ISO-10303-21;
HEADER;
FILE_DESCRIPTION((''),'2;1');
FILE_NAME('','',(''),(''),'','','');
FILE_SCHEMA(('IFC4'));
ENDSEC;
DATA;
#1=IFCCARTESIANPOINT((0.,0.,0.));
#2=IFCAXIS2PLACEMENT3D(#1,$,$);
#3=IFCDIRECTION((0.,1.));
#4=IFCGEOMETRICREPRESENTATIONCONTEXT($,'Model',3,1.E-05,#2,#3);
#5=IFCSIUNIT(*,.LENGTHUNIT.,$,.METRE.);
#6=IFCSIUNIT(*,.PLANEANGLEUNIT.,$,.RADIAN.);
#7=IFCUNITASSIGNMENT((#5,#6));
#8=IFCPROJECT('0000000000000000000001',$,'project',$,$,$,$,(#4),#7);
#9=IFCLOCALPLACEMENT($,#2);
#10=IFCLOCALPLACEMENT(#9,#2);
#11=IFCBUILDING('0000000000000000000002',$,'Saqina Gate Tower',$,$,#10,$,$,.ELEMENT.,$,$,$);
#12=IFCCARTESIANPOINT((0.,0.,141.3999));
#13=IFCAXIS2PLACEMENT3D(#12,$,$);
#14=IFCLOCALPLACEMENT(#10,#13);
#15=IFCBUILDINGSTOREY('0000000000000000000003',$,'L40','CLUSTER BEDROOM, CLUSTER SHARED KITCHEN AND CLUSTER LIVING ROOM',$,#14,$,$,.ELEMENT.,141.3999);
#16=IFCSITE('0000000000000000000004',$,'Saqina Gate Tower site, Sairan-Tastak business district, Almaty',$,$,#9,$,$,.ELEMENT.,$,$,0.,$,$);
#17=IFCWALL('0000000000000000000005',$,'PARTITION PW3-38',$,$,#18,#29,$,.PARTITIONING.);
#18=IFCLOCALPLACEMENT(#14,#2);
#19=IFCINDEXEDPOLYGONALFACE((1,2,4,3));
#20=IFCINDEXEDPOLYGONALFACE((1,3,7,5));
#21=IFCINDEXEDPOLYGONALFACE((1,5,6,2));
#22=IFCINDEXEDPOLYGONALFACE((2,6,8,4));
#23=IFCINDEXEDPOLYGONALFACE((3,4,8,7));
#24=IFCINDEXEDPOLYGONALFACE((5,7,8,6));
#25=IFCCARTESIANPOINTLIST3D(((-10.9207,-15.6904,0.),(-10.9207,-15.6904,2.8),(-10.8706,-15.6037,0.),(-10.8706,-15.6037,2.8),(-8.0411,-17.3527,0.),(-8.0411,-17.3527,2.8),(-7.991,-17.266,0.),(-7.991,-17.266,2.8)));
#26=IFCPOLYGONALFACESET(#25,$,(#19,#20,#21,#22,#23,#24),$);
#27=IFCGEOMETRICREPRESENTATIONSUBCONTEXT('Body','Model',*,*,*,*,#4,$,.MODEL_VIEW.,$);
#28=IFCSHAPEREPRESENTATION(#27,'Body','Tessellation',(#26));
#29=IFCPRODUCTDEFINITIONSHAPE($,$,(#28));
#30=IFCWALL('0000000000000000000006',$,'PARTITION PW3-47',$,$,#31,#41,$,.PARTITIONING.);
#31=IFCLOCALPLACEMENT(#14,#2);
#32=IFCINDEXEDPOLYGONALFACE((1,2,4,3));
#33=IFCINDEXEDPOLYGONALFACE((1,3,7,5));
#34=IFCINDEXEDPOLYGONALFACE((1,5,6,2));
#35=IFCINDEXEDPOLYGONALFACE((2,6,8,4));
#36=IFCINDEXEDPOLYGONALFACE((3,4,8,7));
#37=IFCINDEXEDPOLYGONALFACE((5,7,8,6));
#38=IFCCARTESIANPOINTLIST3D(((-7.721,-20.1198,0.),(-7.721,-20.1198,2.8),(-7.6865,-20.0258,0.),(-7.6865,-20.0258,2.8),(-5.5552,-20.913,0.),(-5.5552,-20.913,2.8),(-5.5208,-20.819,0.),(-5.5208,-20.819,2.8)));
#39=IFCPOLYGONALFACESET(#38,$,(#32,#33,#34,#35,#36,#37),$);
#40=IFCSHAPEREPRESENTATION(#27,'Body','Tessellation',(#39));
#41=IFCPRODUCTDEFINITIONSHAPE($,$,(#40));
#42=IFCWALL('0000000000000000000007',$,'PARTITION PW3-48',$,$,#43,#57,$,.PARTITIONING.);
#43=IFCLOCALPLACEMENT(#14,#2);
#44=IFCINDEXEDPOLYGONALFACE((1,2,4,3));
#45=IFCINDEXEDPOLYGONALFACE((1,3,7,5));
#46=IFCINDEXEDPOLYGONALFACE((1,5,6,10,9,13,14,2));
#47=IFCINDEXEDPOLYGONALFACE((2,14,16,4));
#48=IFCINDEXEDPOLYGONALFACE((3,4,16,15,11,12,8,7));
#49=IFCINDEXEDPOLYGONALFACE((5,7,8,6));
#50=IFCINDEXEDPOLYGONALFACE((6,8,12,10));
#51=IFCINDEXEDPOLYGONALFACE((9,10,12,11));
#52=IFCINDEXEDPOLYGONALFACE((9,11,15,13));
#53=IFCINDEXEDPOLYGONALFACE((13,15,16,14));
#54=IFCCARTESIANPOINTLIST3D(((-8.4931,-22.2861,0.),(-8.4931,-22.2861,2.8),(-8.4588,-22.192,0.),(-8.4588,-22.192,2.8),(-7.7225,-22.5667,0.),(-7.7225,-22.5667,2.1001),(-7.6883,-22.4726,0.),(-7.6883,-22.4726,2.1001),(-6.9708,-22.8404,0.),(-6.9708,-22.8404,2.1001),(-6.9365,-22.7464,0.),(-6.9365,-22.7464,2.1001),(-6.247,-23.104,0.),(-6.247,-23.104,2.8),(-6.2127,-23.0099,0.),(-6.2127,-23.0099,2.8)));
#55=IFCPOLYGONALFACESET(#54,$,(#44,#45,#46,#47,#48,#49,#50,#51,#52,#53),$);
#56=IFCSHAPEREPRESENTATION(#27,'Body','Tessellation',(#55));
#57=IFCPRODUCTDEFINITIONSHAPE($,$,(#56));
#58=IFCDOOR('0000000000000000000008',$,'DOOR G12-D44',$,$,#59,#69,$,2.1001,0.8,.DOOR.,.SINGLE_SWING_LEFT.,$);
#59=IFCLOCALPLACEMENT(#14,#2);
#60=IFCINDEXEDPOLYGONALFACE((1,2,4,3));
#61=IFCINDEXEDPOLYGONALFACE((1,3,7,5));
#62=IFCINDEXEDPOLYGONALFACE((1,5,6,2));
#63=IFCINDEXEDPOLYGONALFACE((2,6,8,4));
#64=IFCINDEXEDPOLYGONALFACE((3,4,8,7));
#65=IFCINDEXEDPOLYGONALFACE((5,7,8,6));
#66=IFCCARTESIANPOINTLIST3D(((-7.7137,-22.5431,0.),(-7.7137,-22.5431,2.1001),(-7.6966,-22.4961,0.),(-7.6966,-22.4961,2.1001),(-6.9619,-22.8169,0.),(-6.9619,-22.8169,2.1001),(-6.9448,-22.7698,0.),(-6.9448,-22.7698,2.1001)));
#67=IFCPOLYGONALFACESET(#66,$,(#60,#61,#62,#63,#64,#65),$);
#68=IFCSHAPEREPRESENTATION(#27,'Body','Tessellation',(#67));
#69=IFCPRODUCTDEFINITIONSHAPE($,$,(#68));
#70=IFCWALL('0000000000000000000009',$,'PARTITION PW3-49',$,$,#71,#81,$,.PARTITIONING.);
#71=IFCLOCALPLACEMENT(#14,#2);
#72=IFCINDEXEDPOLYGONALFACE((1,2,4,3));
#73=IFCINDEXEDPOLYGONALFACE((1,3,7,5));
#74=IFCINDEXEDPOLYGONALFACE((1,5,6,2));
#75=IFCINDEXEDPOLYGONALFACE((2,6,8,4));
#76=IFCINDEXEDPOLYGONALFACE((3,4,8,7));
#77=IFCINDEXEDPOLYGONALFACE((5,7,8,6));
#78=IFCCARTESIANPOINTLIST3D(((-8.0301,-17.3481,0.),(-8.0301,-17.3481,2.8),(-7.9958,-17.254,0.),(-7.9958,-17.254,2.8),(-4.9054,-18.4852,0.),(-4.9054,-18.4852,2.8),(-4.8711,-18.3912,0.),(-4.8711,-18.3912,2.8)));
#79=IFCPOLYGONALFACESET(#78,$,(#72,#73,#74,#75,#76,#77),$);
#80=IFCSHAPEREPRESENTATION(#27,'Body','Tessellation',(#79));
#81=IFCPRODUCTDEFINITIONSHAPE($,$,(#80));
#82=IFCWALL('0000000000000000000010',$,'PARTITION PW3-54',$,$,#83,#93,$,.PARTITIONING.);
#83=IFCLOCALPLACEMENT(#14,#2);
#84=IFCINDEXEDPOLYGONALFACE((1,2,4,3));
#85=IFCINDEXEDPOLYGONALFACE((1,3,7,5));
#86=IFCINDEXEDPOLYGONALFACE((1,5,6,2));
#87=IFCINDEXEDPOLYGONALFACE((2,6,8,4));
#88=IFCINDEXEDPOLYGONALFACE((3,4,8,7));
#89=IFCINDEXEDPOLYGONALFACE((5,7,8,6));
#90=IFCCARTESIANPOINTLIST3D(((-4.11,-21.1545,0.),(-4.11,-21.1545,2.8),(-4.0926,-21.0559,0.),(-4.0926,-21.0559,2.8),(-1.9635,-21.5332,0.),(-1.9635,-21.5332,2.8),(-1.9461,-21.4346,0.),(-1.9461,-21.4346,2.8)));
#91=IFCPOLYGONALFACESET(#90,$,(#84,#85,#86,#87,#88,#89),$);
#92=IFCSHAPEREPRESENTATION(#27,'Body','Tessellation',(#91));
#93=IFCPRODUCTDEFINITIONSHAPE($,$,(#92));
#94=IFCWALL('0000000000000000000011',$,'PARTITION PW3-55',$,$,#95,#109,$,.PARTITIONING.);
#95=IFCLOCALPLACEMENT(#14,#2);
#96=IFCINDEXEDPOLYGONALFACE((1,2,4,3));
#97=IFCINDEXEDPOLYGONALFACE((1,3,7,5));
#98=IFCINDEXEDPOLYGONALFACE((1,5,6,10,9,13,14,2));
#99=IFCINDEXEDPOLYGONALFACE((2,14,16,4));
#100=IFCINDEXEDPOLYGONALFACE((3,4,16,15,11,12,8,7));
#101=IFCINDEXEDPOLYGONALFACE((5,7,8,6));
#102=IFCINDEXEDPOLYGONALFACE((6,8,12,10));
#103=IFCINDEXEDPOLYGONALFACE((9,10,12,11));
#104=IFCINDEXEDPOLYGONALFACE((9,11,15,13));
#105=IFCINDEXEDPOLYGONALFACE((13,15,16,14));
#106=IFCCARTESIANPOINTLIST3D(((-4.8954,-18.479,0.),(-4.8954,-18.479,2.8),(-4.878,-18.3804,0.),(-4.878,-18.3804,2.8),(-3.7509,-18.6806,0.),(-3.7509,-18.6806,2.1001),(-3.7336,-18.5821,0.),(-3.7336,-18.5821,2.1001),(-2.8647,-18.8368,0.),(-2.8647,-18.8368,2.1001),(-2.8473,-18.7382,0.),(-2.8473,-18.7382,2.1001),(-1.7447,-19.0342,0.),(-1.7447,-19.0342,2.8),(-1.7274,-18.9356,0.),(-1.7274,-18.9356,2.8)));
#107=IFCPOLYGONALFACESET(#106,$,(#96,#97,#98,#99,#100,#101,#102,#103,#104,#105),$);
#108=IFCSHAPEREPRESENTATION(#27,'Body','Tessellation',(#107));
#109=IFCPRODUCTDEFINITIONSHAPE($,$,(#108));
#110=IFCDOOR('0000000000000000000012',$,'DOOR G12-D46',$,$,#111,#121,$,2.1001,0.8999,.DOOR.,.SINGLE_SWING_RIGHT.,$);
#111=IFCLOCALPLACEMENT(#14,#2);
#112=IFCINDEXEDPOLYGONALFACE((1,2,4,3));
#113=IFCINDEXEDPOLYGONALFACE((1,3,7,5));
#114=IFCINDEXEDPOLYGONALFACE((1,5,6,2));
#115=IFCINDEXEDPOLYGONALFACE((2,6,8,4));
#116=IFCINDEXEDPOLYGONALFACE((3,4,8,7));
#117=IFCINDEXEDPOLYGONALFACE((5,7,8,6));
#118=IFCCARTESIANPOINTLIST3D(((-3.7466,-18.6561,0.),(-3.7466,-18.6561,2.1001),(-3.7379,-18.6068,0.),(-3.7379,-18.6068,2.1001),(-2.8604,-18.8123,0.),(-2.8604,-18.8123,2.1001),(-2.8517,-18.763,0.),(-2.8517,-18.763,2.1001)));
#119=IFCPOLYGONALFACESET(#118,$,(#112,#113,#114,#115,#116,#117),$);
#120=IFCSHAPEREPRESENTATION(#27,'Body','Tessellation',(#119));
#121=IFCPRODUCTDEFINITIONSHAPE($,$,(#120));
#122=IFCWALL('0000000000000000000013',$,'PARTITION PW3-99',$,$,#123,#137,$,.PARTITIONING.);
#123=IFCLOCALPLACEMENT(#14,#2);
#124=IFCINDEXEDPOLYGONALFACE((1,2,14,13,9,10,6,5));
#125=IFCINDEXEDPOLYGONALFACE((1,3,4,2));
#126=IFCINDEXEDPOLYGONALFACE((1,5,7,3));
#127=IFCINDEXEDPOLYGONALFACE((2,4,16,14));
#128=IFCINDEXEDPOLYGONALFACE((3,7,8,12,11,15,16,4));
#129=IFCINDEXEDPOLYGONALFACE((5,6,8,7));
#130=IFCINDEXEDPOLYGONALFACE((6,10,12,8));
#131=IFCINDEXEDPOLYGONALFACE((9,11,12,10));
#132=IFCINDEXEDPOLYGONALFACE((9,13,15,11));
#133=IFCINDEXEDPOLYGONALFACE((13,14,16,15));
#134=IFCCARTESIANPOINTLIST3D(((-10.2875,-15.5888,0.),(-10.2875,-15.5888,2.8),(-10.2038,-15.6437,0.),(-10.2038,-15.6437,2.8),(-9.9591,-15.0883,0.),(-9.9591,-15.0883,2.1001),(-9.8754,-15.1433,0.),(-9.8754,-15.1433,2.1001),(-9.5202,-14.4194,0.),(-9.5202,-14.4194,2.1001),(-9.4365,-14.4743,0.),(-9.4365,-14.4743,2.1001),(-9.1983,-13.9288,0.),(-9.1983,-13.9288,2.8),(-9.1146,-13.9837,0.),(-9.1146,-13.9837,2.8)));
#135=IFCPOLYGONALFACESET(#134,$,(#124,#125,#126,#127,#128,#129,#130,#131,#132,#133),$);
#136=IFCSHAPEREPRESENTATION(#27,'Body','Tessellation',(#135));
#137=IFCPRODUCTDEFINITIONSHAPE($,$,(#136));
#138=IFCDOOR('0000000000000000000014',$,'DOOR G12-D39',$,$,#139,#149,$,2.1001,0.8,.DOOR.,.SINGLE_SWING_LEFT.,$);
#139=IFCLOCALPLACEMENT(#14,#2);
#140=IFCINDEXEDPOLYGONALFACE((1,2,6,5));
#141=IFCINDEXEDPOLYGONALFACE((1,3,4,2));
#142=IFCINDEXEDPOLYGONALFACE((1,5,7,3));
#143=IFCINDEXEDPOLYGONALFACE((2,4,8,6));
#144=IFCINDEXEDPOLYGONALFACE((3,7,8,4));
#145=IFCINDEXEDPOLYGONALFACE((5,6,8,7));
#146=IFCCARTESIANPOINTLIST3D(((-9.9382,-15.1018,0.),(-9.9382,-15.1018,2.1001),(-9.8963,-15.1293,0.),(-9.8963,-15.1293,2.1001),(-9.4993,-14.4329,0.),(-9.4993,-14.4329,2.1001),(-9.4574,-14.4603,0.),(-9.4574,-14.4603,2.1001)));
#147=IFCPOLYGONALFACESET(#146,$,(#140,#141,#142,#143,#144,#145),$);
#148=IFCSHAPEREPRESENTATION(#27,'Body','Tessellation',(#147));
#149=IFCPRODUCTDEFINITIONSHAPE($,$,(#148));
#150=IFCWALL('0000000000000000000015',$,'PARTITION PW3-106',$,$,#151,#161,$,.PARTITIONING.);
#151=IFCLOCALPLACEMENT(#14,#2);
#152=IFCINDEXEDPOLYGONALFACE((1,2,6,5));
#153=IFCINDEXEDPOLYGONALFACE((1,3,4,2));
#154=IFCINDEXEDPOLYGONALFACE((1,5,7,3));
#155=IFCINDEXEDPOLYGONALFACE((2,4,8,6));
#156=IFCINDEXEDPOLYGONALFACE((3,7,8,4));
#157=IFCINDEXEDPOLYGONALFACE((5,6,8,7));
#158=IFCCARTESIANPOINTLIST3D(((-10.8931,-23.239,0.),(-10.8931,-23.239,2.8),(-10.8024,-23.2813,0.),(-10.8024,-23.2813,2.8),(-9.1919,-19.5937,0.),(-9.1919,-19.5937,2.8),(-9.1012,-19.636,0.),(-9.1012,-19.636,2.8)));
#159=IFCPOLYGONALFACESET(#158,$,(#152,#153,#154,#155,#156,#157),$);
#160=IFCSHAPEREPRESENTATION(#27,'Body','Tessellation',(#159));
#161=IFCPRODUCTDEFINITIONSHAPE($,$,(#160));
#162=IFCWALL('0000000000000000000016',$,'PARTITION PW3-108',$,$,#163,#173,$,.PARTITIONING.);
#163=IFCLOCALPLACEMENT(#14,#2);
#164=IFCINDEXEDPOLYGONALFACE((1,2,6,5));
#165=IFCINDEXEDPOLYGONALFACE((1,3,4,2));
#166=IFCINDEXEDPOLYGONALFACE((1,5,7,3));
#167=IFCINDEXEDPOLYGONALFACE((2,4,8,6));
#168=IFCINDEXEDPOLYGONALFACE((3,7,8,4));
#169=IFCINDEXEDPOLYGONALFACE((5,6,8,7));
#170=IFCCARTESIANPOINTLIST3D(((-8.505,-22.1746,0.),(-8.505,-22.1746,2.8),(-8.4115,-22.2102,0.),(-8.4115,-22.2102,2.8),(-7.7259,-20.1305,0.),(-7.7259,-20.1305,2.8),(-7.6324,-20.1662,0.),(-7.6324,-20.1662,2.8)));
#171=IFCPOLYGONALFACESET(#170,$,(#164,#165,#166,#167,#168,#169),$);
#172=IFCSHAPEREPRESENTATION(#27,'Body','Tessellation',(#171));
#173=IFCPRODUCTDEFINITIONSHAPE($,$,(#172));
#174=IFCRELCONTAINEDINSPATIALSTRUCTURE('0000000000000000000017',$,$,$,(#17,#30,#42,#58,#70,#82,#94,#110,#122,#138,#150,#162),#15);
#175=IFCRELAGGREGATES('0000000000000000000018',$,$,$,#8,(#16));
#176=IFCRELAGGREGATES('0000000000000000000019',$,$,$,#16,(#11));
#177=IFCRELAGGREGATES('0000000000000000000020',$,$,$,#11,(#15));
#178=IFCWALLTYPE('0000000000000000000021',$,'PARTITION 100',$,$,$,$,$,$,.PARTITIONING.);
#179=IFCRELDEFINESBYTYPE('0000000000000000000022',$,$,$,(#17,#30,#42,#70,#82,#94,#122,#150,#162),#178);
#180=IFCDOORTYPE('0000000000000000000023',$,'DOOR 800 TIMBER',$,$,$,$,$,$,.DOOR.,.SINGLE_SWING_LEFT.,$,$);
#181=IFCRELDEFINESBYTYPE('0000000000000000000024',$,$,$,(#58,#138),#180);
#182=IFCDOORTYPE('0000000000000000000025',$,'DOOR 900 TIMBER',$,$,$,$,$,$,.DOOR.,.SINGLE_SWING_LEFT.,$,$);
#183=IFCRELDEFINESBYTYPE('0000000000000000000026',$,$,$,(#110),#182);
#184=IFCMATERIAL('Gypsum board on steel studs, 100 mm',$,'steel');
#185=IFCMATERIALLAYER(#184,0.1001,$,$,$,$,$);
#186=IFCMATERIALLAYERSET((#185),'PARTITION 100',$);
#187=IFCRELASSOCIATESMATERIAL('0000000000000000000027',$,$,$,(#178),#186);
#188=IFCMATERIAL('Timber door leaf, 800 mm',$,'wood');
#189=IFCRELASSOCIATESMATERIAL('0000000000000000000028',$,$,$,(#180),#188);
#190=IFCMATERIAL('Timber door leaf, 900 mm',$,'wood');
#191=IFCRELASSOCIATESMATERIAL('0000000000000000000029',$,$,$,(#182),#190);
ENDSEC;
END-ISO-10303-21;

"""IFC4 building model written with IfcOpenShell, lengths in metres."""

from ifc_helpers import new_model, si_unit, direction, frame, frame_2d, origin, place, context, subcontext, project, spatial, rectangle, extrude, material, layer, layer_set, type_object, element, fill, save


model = new_model("IFC4")

# Units and contexts
model_context = context("Model", 3, precision=1e-05, world=origin(), true_north=direction((0.0, 1.0)))
body_context = subcontext(model_context, "Body", "Model", "MODEL_VIEW")
ifc_project = project(units=[si_unit("LENGTHUNIT", "METRE"), si_unit("PLANEANGLEUNIT", "RADIAN")], contexts=[model_context])

# Site, building, storey
site_placement = place(None, origin())
site = spatial("IfcSite", under=ifc_project, at=site_placement, Name="Saqina Gate Tower site, Sairan-Tastak business district, Almaty", CompositionType="ELEMENT", RefElevation=0.0)
building_placement = place(site_placement, origin())
building = spatial("IfcBuilding", under=site, at=building_placement, Name="Saqina Gate Tower", CompositionType="ELEMENT")
storey_placement = place(building_placement, frame((0.0, 0.0, 141.3999)))
storey = spatial("IfcBuildingStorey", under=building, at=storey_placement, Name="L40", Description="CLUSTER BEDROOM, CLUSTER SHARED KITCHEN AND CLUSTER LIVING ROOM", CompositionType="ELEMENT", Elevation=141.3999)

# Walls
ifc_material_1 = material(Name="Gypsum board on steel studs, 100 mm", Category="steel")
ifc_layer_1 = layer(ifc_material_1, 0.1001)
ifc_layer_set_1 = layer_set([ifc_layer_1], Name="PARTITION 100")
wall_type_1 = type_object("IfcWallType", Name="PARTITION 100", PredefinedType="PARTITIONING", material=ifc_layer_set_1)
wall_1_placement = place(storey_placement, frame((-10.8958, -15.647, 0.0), z_axis=(0.0, 0.0, 1.0), x_axis=(0.866052, -0.499953, 0.0)))
element("IfcWall", 1, at=wall_1_placement, inside=storey, type_object=wall_type_1, Name="PARTITION PW3-38", PredefinedType="PARTITIONING", context=body_context, shape_type="SweptSolid", body=[
    extrude(rectangle(XDim=3.325, YDim=0.1001, at=frame_2d((1.6626, 0.0))), origin(), (0.0, 0.0, 1.0), 2.8),
])
wall_2_placement = place(storey_placement, frame((-7.7039, -20.0728, 0.0), z_axis=(0.0, 0.0, 1.0), x_axis=(0.939003, -0.343909, 0.0)))
element("IfcWall", 2, at=wall_2_placement, inside=storey, type_object=wall_type_1, Name="PARTITION PW3-47", PredefinedType="PARTITIONING", context=body_context, shape_type="SweptSolid", body=[
    extrude(rectangle(XDim=2.3064, YDim=0.1001, at=frame_2d((1.1533, 0.0))), origin(), (0.0, 0.0, 1.0), 2.8),
])

# Wall, opening, door
wall_3_placement = place(storey_placement, frame((-8.4761, -22.239, 0.0), z_axis=(0.0, 0.0, 1.0), x_axis=(0.939644, -0.342153, 0.0)))
wall_3 = element("IfcWall", 3, at=wall_3_placement, inside=storey, type_object=wall_type_1, Name="PARTITION PW3-48", PredefinedType="PARTITIONING", context=body_context, shape_type="SweptSolid", body=[
    extrude(rectangle(XDim=2.3904, YDim=0.1001, at=frame_2d((1.1953, 0.0))), origin(), (0.0, 0.0, 1.0), 2.8),
])
opening_1_placement = place(wall_3_placement, frame((0.8203, 0.0, 0.0)))
opening_1 = element("IfcOpeningElement", 4, at=opening_1_placement, cuts=wall_3, PredefinedType="OPENING", context=body_context, shape_type="SweptSolid", body=[
    extrude(rectangle(XDim=0.8, YDim=2.1001, at=frame_2d((0.3999, 1.05))), frame((0.0, 0.062, 0.0), z_axis=(0.0, -1.0, 0.0), x_axis=(1.0, 0.0, 0.0)), (0.0, 0.0, 1.0), 0.124),
])
ifc_material_2 = material(Name="Timber door leaf, 800 mm", Category="wood")
door_type_1 = type_object("IfcDoorType", Name="DOOR 800 TIMBER", OperationType="SINGLE_SWING_LEFT", PredefinedType="DOOR", material=ifc_material_2)
door_1_placement = place(opening_1_placement, frame((0.8, 0.0, 0.0), z_axis=(0.0, 0.0, 1.0), x_axis=(-1.0, 0.0, 0.0)))
door_1 = element("IfcDoor", 5, at=door_1_placement, inside=storey, type_object=door_type_1, Name="DOOR G12-D44", OperationType="SINGLE_SWING_LEFT", OverallHeight=2.1001, OverallWidth=0.8, PredefinedType="DOOR", context=body_context, shape_type="SweptSolid", body=[
    extrude(rectangle(XDim=0.8, YDim=2.1001, at=frame_2d((0.3999, 1.05))), frame((0.0, 0.0249, 0.0), z_axis=(0.0, -1.0, 0.0), x_axis=(1.0, 0.0, 0.0)), (0.0, 0.0, 1.0), 0.05),
])
fill(opening_1, door_1)

# Walls
wall_4_placement = place(storey_placement, frame((-8.0129, -17.301, 0.0), z_axis=(0.0, 0.0, 1.0), x_axis=(0.939703, -0.341991, 0.0)))
element("IfcWall", 6, at=wall_4_placement, inside=storey, type_object=wall_type_1, Name="PARTITION PW3-49", PredefinedType="PARTITIONING", context=body_context, shape_type="SweptSolid", body=[
    extrude(rectangle(XDim=3.3252, YDim=0.1001, at=frame_2d((1.6626, 0.0))), origin(), (0.0, 0.0, 1.0), 2.8),
])
wall_5_placement = place(storey_placement, frame((-4.1013, -21.1052, 0.0), z_axis=(0.0, 0.0, 1.0), x_axis=(0.984794, -0.173728, 0.0)))
element("IfcWall", 7, at=wall_5_placement, inside=storey, type_object=wall_type_1, Name="PARTITION PW3-54", PredefinedType="PARTITIONING", context=body_context, shape_type="SweptSolid", body=[
    extrude(rectangle(XDim=2.1797, YDim=0.1001, at=frame_2d((1.0898, 0.0))), origin(), (0.0, 0.0, 1.0), 2.8),
])

# Walls, openings, doors
wall_6_placement = place(storey_placement, frame((-4.8867, -18.4297, 0.0), z_axis=(0.0, 0.0, 1.0), x_axis=(0.984827, -0.173537, 0.0)))
wall_6 = element("IfcWall", 8, at=wall_6_placement, inside=storey, type_object=wall_type_1, Name="PARTITION PW3-55", PredefinedType="PARTITIONING", context=body_context, shape_type="SweptSolid", body=[
    extrude(rectangle(XDim=3.1992, YDim=0.1001, at=frame_2d((1.5996, 0.0))), origin(), (0.0, 0.0, 1.0), 2.8),
])
opening_2_placement = place(wall_6_placement, frame((1.1621, 0.0, 0.0)))
opening_2 = element("IfcOpeningElement", 9, at=opening_2_placement, cuts=wall_6, PredefinedType="OPENING", context=body_context, shape_type="SweptSolid", body=[
    extrude(rectangle(XDim=0.8999, YDim=2.1001, at=frame_2d((0.45, 1.05))), frame((0.0, 0.062, 0.0), z_axis=(0.0, -1.0, 0.0), x_axis=(1.0, 0.0, 0.0)), (0.0, 0.0, 1.0), 0.124),
])
ifc_material_3 = material(Name="Timber door leaf, 900 mm", Category="wood")
door_type_2 = type_object("IfcDoorType", Name="DOOR 900 TIMBER", OperationType="SINGLE_SWING_LEFT", PredefinedType="DOOR", material=ifc_material_3)
door_2_placement = place(opening_2_placement, origin())
door_2 = element("IfcDoor", 10, at=door_2_placement, inside=storey, type_object=door_type_2, Name="DOOR G12-D46", OperationType="SINGLE_SWING_RIGHT", OverallHeight=2.1001, OverallWidth=0.8999, PredefinedType="DOOR", context=body_context, shape_type="SweptSolid", body=[
    extrude(rectangle(XDim=0.8999, YDim=2.1001, at=frame_2d((0.45, 1.05))), frame((0.0, 0.0249, 0.0), z_axis=(0.0, -1.0, 0.0), x_axis=(1.0, 0.0, 0.0)), (0.0, 0.0, 1.0), 0.05),
])
fill(opening_2, door_2)
wall_7_placement = place(storey_placement, frame((-10.2456, -15.6162, 0.0), z_axis=(0.0, 0.0, 1.0), x_axis=(0.548584, 0.836096, 0.0)))
wall_7 = element("IfcWall", 11, at=wall_7_placement, inside=storey, type_object=wall_type_1, Name="PARTITION PW3-99", PredefinedType="PARTITIONING", context=body_context, shape_type="SweptSolid", body=[
    extrude(rectangle(XDim=1.9854, YDim=0.1001, at=frame_2d((0.9927, 0.0))), origin(), (0.0, 0.0, 1.0), 2.8),
])
opening_3_placement = place(wall_7_placement, frame((0.5986, 0.0, 0.0)))
opening_3 = element("IfcOpeningElement", 12, at=opening_3_placement, cuts=wall_7, PredefinedType="OPENING", context=body_context, shape_type="SweptSolid", body=[
    extrude(rectangle(XDim=0.8, YDim=2.1001, at=frame_2d((0.3999, 1.05))), frame((0.0, 0.062, 0.0), z_axis=(0.0, -1.0, 0.0), x_axis=(1.0, 0.0, 0.0)), (0.0, 0.0, 1.0), 0.124),
])
door_3_placement = place(opening_3_placement, frame((0.8, 0.0, 0.0), z_axis=(0.0, 0.0, 1.0), x_axis=(-1.0, 0.0, 0.0)))
door_3 = element("IfcDoor", 13, at=door_3_placement, inside=storey, type_object=door_type_1, Name="DOOR G12-D39", OperationType="SINGLE_SWING_LEFT", OverallHeight=2.1001, OverallWidth=0.8, PredefinedType="DOOR", context=body_context, shape_type="SweptSolid", body=[
    extrude(rectangle(XDim=0.8, YDim=2.1001, at=frame_2d((0.3999, 1.05))), frame((0.0, 0.0249, 0.0), z_axis=(0.0, -1.0, 0.0), x_axis=(1.0, 0.0, 0.0)), (0.0, 0.0, 1.0), 0.05),
])
fill(opening_3, door_3)

# Walls
wall_8_placement = place(storey_placement, frame((-10.8477, -23.26, 0.0), z_axis=(0.0, 0.0, 1.0), x_axis=(0.422895, 0.906178, 0.0)))
element("IfcWall", 14, at=wall_8_placement, inside=storey, type_object=wall_type_1, Name="PARTITION PW3-106", PredefinedType="PARTITIONING", context=body_context, shape_type="SweptSolid", body=[
    extrude(rectangle(XDim=4.0227, YDim=0.1001, at=frame_2d((2.0112, 0.0))), origin(), (0.0, 0.0, 1.0), 2.8),
])
wall_9_placement = place(storey_placement, frame((-8.4583, -22.1924, 0.0), z_axis=(0.0, 0.0, 1.0), x_axis=(0.356158, 0.934426, 0.0)))
element("IfcWall", 15, at=wall_9_placement, inside=storey, type_object=wall_type_1, Name="PARTITION PW3-108", PredefinedType="PARTITIONING", context=body_context, shape_type="SweptSolid", body=[
    extrude(rectangle(XDim=2.1875, YDim=0.1001, at=frame_2d((1.0938, 0.0))), origin(), (0.0, 0.0, 1.0), 2.8),
])

save(model, "model.ifc")
